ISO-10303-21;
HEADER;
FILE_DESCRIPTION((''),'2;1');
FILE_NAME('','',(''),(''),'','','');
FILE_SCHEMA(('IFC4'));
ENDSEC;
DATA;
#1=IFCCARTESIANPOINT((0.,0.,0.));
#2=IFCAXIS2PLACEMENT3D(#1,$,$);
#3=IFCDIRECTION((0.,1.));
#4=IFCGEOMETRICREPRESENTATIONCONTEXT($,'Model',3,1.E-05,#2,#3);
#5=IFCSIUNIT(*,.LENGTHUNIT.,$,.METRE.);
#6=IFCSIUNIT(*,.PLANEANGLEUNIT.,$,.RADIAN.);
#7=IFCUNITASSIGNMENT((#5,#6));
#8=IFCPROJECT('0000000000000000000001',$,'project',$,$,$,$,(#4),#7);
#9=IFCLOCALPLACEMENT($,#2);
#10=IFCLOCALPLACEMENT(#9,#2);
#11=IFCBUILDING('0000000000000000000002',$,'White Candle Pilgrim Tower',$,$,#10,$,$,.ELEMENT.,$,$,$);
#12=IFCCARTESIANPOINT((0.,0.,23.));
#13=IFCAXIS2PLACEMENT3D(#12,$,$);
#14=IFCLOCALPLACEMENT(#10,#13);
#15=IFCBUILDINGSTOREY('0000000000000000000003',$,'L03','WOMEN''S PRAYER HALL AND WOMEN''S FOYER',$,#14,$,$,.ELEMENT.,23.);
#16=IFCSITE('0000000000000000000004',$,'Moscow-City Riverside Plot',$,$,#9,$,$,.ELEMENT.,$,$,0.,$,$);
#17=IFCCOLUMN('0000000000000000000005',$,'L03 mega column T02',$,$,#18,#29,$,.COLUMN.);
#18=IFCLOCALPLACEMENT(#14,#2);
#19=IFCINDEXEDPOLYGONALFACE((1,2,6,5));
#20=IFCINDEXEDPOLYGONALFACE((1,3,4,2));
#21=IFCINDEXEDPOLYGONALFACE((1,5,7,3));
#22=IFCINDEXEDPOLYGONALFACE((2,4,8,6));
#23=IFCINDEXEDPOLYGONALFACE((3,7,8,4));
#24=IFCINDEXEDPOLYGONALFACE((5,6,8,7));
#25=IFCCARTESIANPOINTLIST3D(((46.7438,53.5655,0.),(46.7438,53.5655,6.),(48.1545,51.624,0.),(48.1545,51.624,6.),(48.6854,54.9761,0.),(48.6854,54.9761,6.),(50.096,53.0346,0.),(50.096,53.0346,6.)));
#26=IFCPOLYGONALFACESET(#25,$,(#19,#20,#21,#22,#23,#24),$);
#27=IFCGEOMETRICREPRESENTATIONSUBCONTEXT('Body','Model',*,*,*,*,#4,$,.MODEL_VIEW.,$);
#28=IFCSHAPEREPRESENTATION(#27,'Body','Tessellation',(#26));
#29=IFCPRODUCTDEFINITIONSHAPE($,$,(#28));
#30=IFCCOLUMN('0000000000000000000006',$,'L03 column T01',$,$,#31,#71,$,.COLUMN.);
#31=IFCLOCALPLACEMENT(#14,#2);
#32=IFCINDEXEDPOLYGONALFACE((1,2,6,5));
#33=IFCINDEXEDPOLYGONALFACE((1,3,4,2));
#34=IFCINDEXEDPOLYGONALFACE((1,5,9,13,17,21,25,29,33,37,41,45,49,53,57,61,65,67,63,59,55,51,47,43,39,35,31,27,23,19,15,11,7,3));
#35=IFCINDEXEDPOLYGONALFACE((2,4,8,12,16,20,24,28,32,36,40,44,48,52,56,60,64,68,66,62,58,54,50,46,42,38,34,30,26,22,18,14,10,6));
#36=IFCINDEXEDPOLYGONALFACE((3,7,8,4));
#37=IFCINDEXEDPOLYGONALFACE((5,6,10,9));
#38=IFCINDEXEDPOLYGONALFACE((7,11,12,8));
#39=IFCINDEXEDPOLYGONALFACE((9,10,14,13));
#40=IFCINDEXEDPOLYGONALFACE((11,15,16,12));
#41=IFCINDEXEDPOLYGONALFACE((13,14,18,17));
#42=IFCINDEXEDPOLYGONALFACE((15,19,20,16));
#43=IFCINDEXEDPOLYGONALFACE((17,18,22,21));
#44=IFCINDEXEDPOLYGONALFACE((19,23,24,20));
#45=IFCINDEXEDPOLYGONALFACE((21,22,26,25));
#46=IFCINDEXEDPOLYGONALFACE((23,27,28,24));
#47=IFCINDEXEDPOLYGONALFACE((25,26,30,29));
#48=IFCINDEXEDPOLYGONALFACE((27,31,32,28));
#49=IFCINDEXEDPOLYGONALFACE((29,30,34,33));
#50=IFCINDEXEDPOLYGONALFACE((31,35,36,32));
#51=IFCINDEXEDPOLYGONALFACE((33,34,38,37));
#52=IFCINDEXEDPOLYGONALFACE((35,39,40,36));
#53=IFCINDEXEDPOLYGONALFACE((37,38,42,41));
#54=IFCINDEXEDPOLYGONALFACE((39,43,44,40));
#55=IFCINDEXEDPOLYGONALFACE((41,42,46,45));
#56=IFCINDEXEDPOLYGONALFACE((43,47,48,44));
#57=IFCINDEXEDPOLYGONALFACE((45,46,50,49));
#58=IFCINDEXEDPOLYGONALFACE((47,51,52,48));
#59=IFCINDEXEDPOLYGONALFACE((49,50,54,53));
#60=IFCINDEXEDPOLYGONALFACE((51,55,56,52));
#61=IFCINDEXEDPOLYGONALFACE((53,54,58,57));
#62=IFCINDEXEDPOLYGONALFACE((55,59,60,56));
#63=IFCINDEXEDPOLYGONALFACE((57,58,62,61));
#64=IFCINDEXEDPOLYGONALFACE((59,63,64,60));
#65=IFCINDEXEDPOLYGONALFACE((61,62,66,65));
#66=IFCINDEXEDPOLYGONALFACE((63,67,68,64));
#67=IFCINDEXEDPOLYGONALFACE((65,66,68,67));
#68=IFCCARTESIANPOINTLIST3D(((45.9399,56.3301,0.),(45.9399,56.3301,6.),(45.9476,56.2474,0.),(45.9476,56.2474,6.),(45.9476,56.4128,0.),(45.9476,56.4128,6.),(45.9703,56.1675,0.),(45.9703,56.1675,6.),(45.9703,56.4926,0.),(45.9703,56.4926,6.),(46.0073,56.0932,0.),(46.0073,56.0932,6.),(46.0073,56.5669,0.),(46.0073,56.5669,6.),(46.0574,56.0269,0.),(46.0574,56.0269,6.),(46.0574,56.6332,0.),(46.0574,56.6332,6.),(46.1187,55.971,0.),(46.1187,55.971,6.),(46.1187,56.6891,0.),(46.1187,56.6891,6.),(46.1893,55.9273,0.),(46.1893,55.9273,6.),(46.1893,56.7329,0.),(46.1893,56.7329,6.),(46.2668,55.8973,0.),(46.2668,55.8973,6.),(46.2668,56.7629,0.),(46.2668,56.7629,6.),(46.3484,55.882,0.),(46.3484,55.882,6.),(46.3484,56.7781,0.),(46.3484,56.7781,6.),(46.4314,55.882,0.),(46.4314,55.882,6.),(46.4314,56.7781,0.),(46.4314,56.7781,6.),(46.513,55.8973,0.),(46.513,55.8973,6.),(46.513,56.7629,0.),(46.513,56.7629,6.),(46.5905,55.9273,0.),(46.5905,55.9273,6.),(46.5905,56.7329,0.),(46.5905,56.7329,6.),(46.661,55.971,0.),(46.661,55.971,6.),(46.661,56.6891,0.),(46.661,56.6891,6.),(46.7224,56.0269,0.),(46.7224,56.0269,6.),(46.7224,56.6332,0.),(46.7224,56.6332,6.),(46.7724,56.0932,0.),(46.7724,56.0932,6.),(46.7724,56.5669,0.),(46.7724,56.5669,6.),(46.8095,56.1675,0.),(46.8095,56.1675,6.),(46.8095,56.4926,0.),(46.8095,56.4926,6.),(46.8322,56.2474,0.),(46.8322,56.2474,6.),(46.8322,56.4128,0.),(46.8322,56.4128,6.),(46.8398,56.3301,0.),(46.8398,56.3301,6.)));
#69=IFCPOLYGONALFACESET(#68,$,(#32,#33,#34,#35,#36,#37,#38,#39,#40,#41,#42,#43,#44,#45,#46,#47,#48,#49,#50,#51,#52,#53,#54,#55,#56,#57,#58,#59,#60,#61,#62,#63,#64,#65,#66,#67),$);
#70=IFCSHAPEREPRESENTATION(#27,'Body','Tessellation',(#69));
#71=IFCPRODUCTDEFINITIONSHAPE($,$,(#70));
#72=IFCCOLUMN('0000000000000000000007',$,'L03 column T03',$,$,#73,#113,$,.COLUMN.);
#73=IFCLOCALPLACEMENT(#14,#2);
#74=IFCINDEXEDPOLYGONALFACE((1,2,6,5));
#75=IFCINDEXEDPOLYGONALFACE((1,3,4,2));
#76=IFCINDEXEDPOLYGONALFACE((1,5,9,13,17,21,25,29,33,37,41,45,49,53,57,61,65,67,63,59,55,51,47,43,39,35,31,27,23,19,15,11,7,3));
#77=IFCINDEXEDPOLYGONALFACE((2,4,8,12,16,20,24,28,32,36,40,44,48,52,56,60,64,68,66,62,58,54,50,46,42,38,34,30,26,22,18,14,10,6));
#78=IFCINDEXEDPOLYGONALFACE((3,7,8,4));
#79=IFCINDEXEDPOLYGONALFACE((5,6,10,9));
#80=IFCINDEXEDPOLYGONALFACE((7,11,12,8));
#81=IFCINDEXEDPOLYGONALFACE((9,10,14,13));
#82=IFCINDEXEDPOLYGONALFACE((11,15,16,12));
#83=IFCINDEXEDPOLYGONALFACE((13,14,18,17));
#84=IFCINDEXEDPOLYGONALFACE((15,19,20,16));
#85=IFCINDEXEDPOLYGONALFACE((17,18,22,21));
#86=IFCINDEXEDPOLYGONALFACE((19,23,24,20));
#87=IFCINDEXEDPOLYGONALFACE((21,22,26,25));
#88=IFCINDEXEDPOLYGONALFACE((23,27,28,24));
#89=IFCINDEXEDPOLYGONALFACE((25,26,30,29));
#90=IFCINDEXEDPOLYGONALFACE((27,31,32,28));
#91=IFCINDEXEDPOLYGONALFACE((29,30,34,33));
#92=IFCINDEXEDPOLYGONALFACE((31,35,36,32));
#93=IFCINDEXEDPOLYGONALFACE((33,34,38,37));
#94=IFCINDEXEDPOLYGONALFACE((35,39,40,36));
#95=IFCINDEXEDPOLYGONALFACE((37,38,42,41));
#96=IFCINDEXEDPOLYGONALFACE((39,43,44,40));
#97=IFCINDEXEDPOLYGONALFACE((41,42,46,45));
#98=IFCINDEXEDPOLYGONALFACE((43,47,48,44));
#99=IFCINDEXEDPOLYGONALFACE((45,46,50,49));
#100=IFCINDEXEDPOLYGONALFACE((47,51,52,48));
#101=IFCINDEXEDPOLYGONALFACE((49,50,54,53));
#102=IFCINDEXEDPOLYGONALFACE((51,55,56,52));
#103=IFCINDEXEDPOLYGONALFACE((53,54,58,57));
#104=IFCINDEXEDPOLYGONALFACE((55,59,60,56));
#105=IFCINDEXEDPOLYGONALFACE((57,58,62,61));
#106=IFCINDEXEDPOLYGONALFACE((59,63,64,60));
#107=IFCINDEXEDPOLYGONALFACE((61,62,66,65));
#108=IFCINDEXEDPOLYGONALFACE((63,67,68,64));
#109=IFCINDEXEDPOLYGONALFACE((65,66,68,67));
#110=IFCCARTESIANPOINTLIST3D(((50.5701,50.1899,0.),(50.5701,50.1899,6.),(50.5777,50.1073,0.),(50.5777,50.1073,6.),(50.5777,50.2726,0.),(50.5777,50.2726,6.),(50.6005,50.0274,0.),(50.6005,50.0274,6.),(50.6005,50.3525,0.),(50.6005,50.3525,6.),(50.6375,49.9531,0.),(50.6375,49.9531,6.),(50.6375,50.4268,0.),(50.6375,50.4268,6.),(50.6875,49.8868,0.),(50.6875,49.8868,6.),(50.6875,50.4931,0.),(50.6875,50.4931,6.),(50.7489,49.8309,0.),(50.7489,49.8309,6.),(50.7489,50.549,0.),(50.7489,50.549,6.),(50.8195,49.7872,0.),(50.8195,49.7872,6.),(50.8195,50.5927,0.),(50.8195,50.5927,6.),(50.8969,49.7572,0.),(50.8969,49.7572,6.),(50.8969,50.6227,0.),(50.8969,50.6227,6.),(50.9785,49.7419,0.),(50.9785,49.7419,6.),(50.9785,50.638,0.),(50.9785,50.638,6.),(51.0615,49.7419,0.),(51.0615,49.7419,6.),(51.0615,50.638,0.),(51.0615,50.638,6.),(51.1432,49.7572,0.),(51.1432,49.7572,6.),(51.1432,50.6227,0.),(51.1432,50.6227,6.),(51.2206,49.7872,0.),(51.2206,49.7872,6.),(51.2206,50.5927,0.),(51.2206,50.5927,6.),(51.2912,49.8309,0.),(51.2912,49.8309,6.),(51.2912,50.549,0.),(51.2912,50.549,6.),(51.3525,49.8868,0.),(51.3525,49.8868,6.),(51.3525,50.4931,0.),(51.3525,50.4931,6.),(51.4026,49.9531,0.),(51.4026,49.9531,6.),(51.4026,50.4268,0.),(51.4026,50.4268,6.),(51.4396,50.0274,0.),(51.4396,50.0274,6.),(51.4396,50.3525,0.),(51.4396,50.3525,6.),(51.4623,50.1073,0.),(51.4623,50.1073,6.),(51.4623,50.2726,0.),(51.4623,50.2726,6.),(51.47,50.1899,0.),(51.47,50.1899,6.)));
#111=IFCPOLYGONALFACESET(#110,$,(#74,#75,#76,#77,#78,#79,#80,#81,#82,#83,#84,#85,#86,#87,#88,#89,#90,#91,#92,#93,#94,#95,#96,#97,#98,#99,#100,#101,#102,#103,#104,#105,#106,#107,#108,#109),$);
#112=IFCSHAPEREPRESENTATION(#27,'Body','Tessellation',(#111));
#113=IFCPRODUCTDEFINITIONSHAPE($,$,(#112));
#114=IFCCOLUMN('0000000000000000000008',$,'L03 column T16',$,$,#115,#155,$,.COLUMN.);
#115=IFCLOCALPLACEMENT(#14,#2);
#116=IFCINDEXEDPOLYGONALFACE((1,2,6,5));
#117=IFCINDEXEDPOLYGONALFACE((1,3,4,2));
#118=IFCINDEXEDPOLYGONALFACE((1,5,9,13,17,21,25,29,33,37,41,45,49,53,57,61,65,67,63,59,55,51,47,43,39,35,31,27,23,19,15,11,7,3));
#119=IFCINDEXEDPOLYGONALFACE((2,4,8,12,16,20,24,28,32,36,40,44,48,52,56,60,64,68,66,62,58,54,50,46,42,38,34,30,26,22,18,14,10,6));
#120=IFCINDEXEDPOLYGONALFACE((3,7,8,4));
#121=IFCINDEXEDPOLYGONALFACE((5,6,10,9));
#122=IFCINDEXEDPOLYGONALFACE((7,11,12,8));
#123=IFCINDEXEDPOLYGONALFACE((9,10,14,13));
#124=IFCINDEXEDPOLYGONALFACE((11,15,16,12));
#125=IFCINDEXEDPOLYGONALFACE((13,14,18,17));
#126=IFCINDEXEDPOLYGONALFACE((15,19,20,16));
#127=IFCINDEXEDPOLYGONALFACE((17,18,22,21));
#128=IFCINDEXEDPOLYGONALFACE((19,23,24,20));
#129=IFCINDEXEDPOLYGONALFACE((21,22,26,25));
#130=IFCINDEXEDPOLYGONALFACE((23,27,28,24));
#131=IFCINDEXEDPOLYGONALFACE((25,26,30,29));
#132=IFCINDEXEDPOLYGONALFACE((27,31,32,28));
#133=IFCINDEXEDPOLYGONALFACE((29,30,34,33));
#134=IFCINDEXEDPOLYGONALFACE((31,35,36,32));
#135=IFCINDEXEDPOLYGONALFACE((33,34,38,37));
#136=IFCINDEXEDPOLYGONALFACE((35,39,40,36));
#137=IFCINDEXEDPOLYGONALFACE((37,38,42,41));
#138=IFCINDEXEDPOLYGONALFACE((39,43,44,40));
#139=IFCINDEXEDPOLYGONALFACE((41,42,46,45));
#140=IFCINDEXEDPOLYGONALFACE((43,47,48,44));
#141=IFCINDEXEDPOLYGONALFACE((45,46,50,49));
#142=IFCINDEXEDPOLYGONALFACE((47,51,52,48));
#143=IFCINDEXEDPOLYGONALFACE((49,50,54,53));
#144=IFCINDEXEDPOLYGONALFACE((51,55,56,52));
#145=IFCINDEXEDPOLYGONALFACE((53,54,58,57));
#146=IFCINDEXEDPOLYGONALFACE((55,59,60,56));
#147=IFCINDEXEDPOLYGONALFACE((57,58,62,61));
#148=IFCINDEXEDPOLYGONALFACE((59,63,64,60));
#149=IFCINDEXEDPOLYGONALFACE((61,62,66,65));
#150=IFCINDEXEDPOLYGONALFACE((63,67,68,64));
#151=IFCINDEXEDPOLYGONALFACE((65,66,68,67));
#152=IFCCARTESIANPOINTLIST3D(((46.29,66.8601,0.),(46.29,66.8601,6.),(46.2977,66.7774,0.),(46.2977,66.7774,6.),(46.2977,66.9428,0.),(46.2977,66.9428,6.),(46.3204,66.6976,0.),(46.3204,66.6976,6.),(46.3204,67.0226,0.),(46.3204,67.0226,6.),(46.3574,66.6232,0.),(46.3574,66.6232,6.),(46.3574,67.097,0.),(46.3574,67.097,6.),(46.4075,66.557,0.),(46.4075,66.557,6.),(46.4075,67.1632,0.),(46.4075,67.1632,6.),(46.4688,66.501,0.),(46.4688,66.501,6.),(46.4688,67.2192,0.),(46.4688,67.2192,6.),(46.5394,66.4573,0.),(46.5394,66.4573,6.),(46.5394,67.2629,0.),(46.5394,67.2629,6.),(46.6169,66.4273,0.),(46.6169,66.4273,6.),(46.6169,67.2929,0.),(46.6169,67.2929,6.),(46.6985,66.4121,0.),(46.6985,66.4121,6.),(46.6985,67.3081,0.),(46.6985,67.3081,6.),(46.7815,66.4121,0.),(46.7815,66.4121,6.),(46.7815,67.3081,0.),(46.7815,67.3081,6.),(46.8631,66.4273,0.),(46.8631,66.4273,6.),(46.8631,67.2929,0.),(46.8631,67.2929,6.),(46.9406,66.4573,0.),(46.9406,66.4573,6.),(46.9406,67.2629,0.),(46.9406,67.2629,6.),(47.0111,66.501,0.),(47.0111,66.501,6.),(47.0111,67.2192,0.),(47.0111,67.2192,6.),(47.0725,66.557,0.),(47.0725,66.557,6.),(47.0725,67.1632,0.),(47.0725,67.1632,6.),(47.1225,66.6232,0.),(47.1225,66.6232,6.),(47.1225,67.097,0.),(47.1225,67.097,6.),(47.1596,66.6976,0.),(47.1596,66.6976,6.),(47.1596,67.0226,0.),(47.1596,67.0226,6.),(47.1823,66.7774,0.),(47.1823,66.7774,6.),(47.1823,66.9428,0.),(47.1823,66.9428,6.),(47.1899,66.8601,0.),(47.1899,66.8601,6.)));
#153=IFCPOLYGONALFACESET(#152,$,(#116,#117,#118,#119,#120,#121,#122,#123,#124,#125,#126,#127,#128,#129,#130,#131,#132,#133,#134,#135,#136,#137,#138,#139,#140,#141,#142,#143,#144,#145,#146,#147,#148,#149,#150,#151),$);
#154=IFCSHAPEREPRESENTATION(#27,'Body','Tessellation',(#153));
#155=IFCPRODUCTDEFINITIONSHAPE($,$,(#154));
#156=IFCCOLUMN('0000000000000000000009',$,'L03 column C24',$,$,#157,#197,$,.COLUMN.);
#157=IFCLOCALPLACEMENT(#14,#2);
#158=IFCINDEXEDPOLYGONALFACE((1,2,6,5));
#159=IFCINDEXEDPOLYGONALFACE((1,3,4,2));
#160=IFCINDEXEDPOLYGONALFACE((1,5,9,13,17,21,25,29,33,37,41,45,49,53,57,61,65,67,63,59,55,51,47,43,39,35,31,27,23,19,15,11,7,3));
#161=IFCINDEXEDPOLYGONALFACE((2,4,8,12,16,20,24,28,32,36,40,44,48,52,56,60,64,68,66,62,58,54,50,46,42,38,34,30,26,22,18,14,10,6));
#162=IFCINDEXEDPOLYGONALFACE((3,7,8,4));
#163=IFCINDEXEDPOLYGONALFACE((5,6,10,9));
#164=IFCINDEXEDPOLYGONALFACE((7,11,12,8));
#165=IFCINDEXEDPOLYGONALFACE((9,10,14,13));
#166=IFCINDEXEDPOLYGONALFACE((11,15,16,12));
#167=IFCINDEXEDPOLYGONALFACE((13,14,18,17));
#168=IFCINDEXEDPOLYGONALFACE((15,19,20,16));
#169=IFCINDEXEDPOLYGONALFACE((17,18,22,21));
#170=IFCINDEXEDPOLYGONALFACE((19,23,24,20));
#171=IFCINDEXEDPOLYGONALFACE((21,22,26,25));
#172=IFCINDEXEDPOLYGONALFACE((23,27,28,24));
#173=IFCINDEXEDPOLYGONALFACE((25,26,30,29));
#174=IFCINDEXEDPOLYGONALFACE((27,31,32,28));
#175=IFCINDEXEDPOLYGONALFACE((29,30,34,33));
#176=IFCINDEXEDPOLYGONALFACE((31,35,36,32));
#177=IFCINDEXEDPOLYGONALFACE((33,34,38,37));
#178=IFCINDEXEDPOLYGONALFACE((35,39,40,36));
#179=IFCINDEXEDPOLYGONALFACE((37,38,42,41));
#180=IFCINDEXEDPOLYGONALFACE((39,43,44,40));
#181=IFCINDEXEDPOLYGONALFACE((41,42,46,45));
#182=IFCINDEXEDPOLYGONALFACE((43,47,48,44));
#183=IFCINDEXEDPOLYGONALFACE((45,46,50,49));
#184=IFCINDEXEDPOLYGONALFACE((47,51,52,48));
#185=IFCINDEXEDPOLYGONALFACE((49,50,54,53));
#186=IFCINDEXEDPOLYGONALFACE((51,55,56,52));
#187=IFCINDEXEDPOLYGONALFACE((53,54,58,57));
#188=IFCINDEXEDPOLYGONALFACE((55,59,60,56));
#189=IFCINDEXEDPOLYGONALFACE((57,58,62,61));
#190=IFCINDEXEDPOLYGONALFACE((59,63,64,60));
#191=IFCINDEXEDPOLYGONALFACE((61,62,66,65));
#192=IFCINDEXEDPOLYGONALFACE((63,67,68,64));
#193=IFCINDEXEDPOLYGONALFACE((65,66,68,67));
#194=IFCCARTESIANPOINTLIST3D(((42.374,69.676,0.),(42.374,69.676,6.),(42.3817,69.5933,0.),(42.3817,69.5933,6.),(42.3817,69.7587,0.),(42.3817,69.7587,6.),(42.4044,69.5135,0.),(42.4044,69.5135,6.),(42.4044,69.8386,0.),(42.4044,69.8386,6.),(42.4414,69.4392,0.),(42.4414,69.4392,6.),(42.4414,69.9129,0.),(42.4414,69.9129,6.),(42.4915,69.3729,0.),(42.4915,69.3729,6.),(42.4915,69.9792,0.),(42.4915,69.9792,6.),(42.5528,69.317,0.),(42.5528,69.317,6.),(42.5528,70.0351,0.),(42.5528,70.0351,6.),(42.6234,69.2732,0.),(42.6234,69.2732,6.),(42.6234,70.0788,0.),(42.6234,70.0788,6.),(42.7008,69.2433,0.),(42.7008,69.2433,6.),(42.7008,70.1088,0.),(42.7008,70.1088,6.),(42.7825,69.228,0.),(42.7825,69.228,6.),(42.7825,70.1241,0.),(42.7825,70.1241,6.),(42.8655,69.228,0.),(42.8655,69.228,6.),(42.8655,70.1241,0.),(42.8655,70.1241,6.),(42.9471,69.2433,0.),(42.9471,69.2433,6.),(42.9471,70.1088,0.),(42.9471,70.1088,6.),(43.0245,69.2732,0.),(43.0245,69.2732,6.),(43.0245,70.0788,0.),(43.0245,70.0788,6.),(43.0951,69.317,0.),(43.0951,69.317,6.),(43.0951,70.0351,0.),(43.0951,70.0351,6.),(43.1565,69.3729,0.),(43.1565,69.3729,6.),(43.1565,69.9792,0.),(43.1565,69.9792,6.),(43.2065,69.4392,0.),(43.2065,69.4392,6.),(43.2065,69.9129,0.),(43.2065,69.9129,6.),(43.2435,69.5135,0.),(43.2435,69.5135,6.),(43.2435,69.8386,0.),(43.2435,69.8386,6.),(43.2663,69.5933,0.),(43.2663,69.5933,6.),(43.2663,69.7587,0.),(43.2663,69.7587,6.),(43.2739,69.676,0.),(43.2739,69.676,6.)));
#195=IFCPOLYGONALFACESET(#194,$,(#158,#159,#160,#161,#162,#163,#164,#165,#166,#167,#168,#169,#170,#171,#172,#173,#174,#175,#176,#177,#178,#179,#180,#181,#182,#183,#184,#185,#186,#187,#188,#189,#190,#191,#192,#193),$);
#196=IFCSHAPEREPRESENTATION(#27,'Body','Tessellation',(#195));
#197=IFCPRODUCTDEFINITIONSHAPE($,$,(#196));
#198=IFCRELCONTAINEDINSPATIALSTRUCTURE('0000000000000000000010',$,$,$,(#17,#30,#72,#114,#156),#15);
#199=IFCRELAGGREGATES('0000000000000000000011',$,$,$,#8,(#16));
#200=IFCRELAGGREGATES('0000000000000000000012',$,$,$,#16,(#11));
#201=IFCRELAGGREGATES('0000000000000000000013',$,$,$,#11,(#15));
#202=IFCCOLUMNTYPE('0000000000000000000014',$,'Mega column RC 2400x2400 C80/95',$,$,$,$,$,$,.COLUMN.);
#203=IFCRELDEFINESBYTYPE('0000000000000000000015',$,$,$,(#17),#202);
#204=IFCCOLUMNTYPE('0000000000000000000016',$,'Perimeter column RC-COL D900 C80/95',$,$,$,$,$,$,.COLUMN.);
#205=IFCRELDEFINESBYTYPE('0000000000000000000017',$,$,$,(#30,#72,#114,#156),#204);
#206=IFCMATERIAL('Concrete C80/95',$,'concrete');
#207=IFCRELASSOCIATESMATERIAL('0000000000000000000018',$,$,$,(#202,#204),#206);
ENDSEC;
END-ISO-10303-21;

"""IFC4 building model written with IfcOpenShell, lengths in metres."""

from ifc_helpers import new_model, si_unit, direction, frame, origin, origin_2d, place, context, subcontext, project, spatial, rectangle, circle, extrude, material, material_profile, profile_set, type_object, element, save


model = new_model("IFC4")

# Units and contexts
model_context = context("Model", 3, precision=1e-05, world=origin(), true_north=direction((0.0, 1.0)))
body_context = subcontext(model_context, "Body", "Model", "MODEL_VIEW")
ifc_project = project(units=[si_unit("LENGTHUNIT", "METRE"), si_unit("PLANEANGLEUNIT", "RADIAN")], contexts=[model_context])

# Site, building, storey
site_placement = place(None, origin())
site = spatial("IfcSite", under=ifc_project, at=site_placement, Name="Moscow-City Riverside Plot", CompositionType="ELEMENT", RefElevation=0.0)
building_placement = place(site_placement, origin())
building = spatial("IfcBuilding", under=site, at=building_placement, Name="White Candle Pilgrim Tower", CompositionType="ELEMENT")
storey_placement = place(building_placement, frame((0.0, 0.0, 23.0)))
storey = spatial("IfcBuildingStorey", under=building, at=storey_placement, Name="L03", Description="WOMEN'S PRAYER HALL AND WOMEN'S FOYER", CompositionType="ELEMENT", Elevation=23.0)

# Columns
ifc_material_1 = material(Name="Concrete C80/95", Category="concrete")
ifc_material_profile_1 = material_profile(ifc_material_1, rectangle(XDim=2.3999, YDim=2.3999, at=origin_2d()), Name="RC 2400x2400")
ifc_profile_set_1 = profile_set([ifc_material_profile_1], Name="Concrete C80/95")
column_type_1 = type_object("IfcColumnType", Name="Mega column RC 2400x2400 C80/95", PredefinedType="COLUMN", material=ifc_profile_set_1)
column_1_placement = place(storey_placement, frame((48.4199, 53.3, 0.0), z_axis=(0.0, 0.0, 1.0), x_axis=(-0.809017, -0.587785, 0.0)))
element("IfcColumn", 1, at=column_1_placement, inside=storey, type_object=column_type_1, Name="L03 mega column T02", PredefinedType="COLUMN", context=body_context, shape_type="SweptSolid", body=[
    extrude(rectangle(XDim=2.3999, YDim=2.3999, at=origin_2d()), origin(), (0.0, 0.0, 1.0), 6.0),
])
ifc_material_profile_2 = material_profile(ifc_material_1, circle(Radius=0.45, at=origin_2d()), Name="RC-COL D900")
ifc_profile_set_2 = profile_set([ifc_material_profile_2], Name="Concrete C80/95")
column_type_2 = type_object("IfcColumnType", Name="Perimeter column RC-COL D900 C80/95", PredefinedType="COLUMN", material=ifc_profile_set_2)
for number, where, z_axis, x_axis, name in (
    (2, (46.3899, 56.3301, 0.0), (0.0, 0.0, 1.0), (1.0, 0.0, 0.0), "L03 column T01"),
    (3, (51.02, 50.1899, 0.0), (0.0, 0.0, 1.0), (1.0, 0.0, 0.0), "L03 column T03"),
    (4, (46.74, 66.8601, 0.0), (0.0, 0.0, 1.0), (1.0, 0.0, 0.0), "L03 column T16"),
    (5, (42.824, 69.676, 0.0), (0.0, 0.0, 1.0), (1.0, 0.0, 0.0), "L03 column C24"),
):
    element("IfcColumn", number, at=place(storey_placement, frame(where, z_axis=z_axis, x_axis=x_axis)), inside=storey, type_object=column_type_2, Name=name, PredefinedType="COLUMN", context=body_context, shape_type="SweptSolid", body=[
        extrude(circle(Radius=0.45, at=origin_2d()), origin(), (0.0, 0.0, 1.0), 6.0),
    ])

save(model, "model.ifc")
